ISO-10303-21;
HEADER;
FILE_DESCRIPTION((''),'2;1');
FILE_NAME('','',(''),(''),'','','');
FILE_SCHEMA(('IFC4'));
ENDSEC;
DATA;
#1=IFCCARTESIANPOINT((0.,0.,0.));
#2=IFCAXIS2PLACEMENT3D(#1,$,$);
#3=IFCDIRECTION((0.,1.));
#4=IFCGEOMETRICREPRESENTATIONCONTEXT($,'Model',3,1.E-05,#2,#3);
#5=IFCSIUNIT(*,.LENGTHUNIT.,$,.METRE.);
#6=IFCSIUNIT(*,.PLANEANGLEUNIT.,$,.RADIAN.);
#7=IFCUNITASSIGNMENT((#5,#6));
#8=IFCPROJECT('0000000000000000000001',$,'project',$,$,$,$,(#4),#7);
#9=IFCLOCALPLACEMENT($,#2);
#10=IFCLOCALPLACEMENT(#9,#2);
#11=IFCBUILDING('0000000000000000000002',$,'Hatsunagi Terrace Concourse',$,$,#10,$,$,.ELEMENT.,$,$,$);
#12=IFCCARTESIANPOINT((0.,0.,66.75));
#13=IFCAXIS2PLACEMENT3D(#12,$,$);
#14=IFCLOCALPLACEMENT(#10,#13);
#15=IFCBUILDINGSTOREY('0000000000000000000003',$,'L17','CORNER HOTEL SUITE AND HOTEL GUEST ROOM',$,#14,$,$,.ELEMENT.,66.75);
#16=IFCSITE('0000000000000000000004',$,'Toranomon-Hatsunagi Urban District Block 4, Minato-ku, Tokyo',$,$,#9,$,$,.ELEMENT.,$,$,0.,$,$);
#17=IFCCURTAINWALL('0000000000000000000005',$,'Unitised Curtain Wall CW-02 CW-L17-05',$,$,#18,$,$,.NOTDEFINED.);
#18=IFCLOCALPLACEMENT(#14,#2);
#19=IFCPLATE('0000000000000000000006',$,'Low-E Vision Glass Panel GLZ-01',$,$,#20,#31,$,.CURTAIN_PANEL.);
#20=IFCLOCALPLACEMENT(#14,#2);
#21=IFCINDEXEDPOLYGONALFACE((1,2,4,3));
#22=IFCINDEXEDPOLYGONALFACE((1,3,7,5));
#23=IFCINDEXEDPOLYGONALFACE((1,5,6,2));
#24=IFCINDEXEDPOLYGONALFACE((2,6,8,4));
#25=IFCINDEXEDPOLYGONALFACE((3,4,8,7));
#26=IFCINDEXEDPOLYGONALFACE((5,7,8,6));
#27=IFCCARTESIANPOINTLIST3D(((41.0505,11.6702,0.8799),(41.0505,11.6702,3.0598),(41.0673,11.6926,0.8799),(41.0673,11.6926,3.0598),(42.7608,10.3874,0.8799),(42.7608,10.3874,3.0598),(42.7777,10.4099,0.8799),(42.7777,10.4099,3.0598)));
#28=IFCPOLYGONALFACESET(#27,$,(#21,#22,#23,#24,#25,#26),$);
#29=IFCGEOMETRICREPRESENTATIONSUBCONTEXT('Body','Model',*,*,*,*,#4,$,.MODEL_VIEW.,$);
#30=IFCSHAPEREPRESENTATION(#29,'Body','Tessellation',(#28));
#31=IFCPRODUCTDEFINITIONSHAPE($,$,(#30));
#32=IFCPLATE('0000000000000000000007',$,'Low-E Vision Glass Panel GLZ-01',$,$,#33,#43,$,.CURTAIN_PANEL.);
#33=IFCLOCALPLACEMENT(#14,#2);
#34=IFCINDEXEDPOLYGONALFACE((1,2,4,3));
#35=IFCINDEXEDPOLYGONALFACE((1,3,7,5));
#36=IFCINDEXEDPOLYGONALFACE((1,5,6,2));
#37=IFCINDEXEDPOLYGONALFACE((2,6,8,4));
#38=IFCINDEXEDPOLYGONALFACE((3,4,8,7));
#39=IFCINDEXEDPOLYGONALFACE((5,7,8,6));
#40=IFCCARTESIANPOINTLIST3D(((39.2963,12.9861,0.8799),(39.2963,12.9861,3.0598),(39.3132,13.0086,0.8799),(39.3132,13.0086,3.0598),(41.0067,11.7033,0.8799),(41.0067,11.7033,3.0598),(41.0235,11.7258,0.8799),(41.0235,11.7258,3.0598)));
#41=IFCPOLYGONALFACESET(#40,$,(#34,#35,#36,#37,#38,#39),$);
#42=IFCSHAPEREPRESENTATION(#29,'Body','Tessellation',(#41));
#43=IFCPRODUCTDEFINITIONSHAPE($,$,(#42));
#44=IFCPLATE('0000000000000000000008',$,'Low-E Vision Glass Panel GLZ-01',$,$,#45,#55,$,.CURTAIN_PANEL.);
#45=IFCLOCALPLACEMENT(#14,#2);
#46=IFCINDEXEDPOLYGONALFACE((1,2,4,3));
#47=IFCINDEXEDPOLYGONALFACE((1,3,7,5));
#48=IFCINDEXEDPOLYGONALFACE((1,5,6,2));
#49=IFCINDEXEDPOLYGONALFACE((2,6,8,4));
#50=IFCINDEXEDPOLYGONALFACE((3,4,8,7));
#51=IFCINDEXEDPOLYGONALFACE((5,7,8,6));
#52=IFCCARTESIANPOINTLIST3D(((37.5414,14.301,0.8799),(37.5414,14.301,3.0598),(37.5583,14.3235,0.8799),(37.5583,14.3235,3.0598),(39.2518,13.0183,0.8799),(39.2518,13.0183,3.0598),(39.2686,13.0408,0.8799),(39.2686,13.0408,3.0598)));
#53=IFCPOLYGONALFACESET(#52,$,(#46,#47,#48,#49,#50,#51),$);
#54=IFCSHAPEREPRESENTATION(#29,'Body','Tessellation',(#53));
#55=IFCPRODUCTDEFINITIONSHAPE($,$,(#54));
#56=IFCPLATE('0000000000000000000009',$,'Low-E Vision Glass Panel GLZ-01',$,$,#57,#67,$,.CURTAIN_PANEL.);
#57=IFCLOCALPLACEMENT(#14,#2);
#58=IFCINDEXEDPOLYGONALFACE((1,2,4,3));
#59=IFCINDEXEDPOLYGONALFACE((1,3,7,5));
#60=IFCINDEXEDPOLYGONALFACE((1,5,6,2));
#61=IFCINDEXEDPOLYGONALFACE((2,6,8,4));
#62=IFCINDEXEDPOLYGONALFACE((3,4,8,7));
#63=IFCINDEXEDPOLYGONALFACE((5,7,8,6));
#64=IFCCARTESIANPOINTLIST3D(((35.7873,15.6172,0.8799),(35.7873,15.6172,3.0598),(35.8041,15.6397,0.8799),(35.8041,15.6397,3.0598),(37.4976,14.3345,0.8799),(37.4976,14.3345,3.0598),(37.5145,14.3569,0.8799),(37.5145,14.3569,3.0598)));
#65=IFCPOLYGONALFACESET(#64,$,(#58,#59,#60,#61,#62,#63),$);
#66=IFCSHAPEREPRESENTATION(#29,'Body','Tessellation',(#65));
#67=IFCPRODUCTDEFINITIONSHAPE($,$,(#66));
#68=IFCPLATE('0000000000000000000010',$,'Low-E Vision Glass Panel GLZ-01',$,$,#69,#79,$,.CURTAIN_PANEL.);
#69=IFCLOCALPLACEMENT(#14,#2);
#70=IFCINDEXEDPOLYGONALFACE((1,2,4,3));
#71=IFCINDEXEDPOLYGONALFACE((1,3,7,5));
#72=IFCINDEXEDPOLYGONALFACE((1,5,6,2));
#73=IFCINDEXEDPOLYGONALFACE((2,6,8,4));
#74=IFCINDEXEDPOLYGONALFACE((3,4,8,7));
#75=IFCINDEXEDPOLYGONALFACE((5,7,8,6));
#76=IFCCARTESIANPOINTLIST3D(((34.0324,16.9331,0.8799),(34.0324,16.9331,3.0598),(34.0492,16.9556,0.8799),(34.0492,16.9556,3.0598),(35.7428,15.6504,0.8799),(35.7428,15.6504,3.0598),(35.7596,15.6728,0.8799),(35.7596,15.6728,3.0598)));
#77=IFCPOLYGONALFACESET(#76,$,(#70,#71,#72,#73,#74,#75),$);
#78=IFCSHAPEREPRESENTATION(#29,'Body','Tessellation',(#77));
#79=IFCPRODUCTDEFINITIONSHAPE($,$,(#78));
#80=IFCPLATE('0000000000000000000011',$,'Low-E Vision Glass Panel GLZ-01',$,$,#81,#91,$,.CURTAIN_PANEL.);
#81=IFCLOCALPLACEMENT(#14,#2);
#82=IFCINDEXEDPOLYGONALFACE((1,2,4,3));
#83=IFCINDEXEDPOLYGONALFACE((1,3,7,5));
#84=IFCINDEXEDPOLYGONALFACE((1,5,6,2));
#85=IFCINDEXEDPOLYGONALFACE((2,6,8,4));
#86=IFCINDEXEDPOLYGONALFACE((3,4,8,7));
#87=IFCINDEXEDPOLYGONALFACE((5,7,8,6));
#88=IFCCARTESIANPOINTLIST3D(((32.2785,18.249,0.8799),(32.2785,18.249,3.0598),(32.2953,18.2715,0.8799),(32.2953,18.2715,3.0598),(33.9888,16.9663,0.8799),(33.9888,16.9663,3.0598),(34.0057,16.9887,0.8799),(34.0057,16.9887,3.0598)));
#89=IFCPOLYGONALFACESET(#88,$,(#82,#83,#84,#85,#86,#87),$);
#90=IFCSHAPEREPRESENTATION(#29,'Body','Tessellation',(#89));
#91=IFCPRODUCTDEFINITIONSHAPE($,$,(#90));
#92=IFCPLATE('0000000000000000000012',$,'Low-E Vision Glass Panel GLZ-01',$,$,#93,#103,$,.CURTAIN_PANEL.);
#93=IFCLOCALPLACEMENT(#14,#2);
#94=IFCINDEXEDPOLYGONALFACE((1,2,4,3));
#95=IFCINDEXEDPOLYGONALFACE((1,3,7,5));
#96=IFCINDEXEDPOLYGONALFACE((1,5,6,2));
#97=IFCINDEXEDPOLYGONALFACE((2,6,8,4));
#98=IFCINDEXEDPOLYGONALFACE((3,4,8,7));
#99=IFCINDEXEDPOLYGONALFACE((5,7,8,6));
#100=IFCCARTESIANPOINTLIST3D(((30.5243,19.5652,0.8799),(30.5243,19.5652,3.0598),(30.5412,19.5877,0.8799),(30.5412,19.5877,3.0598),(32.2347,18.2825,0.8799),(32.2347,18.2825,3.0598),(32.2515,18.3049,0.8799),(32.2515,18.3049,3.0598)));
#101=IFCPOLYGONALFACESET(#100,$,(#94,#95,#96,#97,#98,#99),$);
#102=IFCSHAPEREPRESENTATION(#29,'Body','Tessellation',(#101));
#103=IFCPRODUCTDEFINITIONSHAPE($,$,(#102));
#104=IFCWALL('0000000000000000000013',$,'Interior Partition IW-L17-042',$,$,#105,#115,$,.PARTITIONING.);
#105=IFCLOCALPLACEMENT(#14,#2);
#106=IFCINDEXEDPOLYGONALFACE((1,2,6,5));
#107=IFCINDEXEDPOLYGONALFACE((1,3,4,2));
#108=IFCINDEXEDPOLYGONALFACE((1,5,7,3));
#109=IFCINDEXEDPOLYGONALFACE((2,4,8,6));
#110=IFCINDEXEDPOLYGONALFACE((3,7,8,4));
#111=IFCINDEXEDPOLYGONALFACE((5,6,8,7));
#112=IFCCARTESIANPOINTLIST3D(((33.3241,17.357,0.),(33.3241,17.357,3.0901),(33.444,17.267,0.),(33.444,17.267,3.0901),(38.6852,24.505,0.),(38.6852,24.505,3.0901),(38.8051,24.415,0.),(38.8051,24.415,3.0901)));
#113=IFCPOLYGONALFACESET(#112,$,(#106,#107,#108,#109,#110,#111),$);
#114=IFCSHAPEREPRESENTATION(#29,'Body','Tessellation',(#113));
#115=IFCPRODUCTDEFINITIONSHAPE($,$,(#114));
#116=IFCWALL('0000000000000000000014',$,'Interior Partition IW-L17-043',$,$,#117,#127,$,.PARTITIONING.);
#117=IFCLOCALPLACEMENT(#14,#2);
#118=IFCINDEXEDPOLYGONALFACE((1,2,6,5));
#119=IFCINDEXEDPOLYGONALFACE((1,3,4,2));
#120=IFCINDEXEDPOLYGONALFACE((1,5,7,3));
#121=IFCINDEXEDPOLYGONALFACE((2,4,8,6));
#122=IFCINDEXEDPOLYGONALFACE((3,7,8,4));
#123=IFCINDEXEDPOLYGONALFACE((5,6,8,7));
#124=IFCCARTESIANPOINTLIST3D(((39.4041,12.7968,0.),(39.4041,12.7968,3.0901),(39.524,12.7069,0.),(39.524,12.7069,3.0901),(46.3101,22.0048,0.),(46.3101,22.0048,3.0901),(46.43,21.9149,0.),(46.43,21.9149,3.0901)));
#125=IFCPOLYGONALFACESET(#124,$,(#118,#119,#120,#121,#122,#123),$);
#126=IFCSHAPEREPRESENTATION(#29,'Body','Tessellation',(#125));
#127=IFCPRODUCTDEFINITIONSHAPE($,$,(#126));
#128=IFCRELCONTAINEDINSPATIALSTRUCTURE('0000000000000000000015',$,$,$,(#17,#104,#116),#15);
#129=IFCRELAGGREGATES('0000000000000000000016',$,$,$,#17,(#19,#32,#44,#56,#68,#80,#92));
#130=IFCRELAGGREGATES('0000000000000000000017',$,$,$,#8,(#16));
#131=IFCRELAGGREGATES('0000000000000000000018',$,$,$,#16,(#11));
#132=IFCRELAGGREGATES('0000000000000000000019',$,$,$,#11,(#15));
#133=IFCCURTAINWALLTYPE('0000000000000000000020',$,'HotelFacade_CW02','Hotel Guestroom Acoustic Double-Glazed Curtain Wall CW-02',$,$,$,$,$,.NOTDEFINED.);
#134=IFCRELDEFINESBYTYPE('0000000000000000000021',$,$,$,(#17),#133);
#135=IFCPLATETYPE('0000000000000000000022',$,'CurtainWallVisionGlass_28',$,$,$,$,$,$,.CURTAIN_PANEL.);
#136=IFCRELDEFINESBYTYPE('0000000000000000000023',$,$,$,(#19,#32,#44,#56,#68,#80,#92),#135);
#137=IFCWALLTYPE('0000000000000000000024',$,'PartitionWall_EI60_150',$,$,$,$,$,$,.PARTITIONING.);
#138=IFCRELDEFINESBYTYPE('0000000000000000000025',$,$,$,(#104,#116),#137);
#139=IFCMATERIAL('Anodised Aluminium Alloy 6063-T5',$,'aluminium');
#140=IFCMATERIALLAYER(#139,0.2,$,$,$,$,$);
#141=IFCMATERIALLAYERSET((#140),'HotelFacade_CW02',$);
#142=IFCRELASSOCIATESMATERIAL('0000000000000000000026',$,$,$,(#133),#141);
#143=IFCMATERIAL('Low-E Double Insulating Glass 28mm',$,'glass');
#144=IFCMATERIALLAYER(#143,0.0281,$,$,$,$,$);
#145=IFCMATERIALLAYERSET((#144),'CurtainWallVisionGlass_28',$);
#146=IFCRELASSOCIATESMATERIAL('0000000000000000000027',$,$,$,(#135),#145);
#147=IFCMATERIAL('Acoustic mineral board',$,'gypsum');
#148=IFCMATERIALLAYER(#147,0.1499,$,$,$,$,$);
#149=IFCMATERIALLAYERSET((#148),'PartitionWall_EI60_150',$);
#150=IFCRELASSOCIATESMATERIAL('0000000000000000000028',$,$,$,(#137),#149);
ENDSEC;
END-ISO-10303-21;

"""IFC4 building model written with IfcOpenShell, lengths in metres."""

from ifc_helpers import new_model, si_unit, direction, frame, frame_2d, origin, origin_2d, place, context, subcontext, project, spatial, rectangle, extrude, material, layer, layer_set, type_object, element, aggregate, save


model = new_model("IFC4")

# Units and contexts
model_context = context("Model", 3, precision=1e-05, world=origin(), true_north=direction((0.0, 1.0)))
body_context = subcontext(model_context, "Body", "Model", "MODEL_VIEW")
ifc_project = project(units=[si_unit("LENGTHUNIT", "METRE"), si_unit("PLANEANGLEUNIT", "RADIAN")], contexts=[model_context])

# Site, building, storey
site_placement = place(None, origin())
site = spatial("IfcSite", under=ifc_project, at=site_placement, Name="Toranomon-Hatsunagi Urban District Block 4, Minato-ku, Tokyo", CompositionType="ELEMENT", RefElevation=0.0)
building_placement = place(site_placement, origin())
building = spatial("IfcBuilding", under=site, at=building_placement, Name="Hatsunagi Terrace Concourse", CompositionType="ELEMENT")
storey_placement = place(building_placement, frame((0.0, 0.0, 66.75)))
storey = spatial("IfcBuildingStorey", under=building, at=storey_placement, Name="L17", Description="CORNER HOTEL SUITE AND HOTEL GUEST ROOM", CompositionType="ELEMENT", Elevation=66.75)

# Curtain wall
ifc_material_1 = material(Name="Anodised Aluminium Alloy 6063-T5", Category="aluminium")
ifc_layer_1 = layer(ifc_material_1, 0.2)
ifc_layer_set_1 = layer_set([ifc_layer_1], Name="HotelFacade_CW02")
curtain_wall_type = type_object("IfcCurtainWallType", Name="HotelFacade_CW02", Description="Hotel Guestroom Acoustic Double-Glazed Curtain Wall CW-02", PredefinedType="NOTDEFINED", material=ifc_layer_set_1)
curtain_wall_placement = place(storey_placement, origin())
curtain_wall = element("IfcCurtainWall", 1, at=curtain_wall_placement, inside=storey, type_object=curtain_wall_type, Name="Unitised Curtain Wall CW-02 CW-L17-05", PredefinedType="NOTDEFINED")

# Plates
ifc_material_2 = material(Name="Low-E Double Insulating Glass 28mm", Category="glass")
ifc_layer_2 = layer(ifc_material_2, 0.0281)
ifc_layer_set_2 = layer_set([ifc_layer_2], Name="CurtainWallVisionGlass_28")
plate_type_1 = type_object("IfcPlateType", Name="CurtainWallVisionGlass_28", PredefinedType="CURTAIN_PANEL", material=ifc_layer_set_2)
plate_1_placement = place(storey_placement, frame((41.9141, 11.04, 0.8799), z_axis=(0.0, 0.0, 1.0), x_axis=(-0.800003, 0.599996, 0.0)))
plate_1 = element("IfcPlate", 2, at=plate_1_placement, type_object=plate_type_1, Name="Low-E Vision Glass Panel GLZ-01", PredefinedType="CURTAIN_PANEL", context=body_context, shape_type="SweptSolid", body=[
    extrude(rectangle(XDim=2.1379, YDim=0.0281, at=origin_2d()), origin(), (0.0, 0.0, 1.0), 2.1799),
])
plate_2_placement = place(storey_placement, frame((40.1599, 12.356, 0.8799), z_axis=(0.0, 0.0, 1.0), x_axis=(-0.800003, 0.599996, 0.0)))
plate_2 = element("IfcPlate", 3, at=plate_2_placement, type_object=plate_type_1, Name="Low-E Vision Glass Panel GLZ-01", PredefinedType="CURTAIN_PANEL", context=body_context, shape_type="SweptSolid", body=[
    extrude(rectangle(XDim=2.1379, YDim=0.0281, at=origin_2d()), origin(), (0.0, 0.0, 1.0), 2.1799),
])
plate_3_placement = place(storey_placement, frame((38.405, 13.6709, 0.8799), z_axis=(0.0, 0.0, 1.0), x_axis=(-0.800003, 0.599996, 0.0)))
plate_3 = element("IfcPlate", 4, at=plate_3_placement, type_object=plate_type_1, Name="Low-E Vision Glass Panel GLZ-01", PredefinedType="CURTAIN_PANEL", context=body_context, shape_type="SweptSolid", body=[
    extrude(rectangle(XDim=2.1379, YDim=0.0281, at=origin_2d()), origin(), (0.0, 0.0, 1.0), 2.1799),
])
plate_4_placement = place(storey_placement, frame((36.6509, 14.9871, 0.8799), z_axis=(0.0, 0.0, 1.0), x_axis=(-0.800003, 0.599996, 0.0)))
plate_4 = element("IfcPlate", 5, at=plate_4_placement, type_object=plate_type_1, Name="Low-E Vision Glass Panel GLZ-01", PredefinedType="CURTAIN_PANEL", context=body_context, shape_type="SweptSolid", body=[
    extrude(rectangle(XDim=2.1379, YDim=0.0281, at=origin_2d()), origin(), (0.0, 0.0, 1.0), 2.1799),
])
plate_5_placement = place(storey_placement, frame((34.896, 16.303, 0.8799), z_axis=(0.0, 0.0, 1.0), x_axis=(-0.800003, 0.599996, 0.0)))
plate_5 = element("IfcPlate", 6, at=plate_5_placement, type_object=plate_type_1, Name="Low-E Vision Glass Panel GLZ-01", PredefinedType="CURTAIN_PANEL", context=body_context, shape_type="SweptSolid", body=[
    extrude(rectangle(XDim=2.1379, YDim=0.0281, at=origin_2d()), origin(), (0.0, 0.0, 1.0), 2.1799),
])
plate_6_placement = place(storey_placement, frame((33.1421, 17.6189, 0.8799), z_axis=(0.0, 0.0, 1.0), x_axis=(-0.800003, 0.599996, 0.0)))
plate_6 = element("IfcPlate", 7, at=plate_6_placement, type_object=plate_type_1, Name="Low-E Vision Glass Panel GLZ-01", PredefinedType="CURTAIN_PANEL", context=body_context, shape_type="SweptSolid", body=[
    extrude(rectangle(XDim=2.1379, YDim=0.0281, at=origin_2d()), origin(), (0.0, 0.0, 1.0), 2.1799),
])
plate_7_placement = place(storey_placement, frame((31.3879, 18.9351, 0.8799), z_axis=(0.0, 0.0, 1.0), x_axis=(-0.800003, 0.599996, 0.0)))
plate_7 = element("IfcPlate", 8, at=plate_7_placement, type_object=plate_type_1, Name="Low-E Vision Glass Panel GLZ-01", PredefinedType="CURTAIN_PANEL", context=body_context, shape_type="SweptSolid", body=[
    extrude(rectangle(XDim=2.1379, YDim=0.0281, at=origin_2d()), origin(), (0.0, 0.0, 1.0), 2.1799),
])
aggregate(curtain_wall, [plate_1, plate_2, plate_3, plate_4, plate_5, plate_6, plate_7])

# Walls
ifc_material_3 = material(Name="Acoustic mineral board", Category="gypsum")
ifc_layer_3 = layer(ifc_material_3, 0.1499)
ifc_layer_set_3 = layer_set([ifc_layer_3], Name="PartitionWall_EI60_150")
wall_type = type_object("IfcWallType", Name="PartitionWall_EI60_150", PredefinedType="PARTITIONING", material=ifc_layer_set_3)
wall_1_placement = place(storey_placement, frame((33.384, 17.312, 0.0), z_axis=(0.0, 0.0, 1.0), x_axis=(0.600009, 0.799993, 0.0)))
element("IfcWall", 9, at=wall_1_placement, inside=storey, type_object=wall_type, Name="Interior Partition IW-L17-042", PredefinedType="PARTITIONING", context=body_context, shape_type="SweptSolid", body=[
    extrude(rectangle(XDim=8.9351, YDim=0.1499, at=frame_2d((4.4675, 0.0))), origin(), (0.0, 0.0, 1.0), 3.0901),
])
wall_2_placement = place(storey_placement, frame((39.4641, 12.752, 0.0), z_axis=(0.0, 0.0, 1.0), x_axis=(0.6, 0.8, 0.0)))
element("IfcWall", 10, at=wall_2_placement, inside=storey, type_object=wall_type, Name="Interior Partition IW-L17-043", PredefinedType="PARTITIONING", context=body_context, shape_type="SweptSolid", body=[
    extrude(rectangle(XDim=11.51, YDim=0.1499, at=frame_2d((5.7549, 0.0))), origin(), (0.0, 0.0, 1.0), 3.0901),
])

save(model, "model.ifc")
